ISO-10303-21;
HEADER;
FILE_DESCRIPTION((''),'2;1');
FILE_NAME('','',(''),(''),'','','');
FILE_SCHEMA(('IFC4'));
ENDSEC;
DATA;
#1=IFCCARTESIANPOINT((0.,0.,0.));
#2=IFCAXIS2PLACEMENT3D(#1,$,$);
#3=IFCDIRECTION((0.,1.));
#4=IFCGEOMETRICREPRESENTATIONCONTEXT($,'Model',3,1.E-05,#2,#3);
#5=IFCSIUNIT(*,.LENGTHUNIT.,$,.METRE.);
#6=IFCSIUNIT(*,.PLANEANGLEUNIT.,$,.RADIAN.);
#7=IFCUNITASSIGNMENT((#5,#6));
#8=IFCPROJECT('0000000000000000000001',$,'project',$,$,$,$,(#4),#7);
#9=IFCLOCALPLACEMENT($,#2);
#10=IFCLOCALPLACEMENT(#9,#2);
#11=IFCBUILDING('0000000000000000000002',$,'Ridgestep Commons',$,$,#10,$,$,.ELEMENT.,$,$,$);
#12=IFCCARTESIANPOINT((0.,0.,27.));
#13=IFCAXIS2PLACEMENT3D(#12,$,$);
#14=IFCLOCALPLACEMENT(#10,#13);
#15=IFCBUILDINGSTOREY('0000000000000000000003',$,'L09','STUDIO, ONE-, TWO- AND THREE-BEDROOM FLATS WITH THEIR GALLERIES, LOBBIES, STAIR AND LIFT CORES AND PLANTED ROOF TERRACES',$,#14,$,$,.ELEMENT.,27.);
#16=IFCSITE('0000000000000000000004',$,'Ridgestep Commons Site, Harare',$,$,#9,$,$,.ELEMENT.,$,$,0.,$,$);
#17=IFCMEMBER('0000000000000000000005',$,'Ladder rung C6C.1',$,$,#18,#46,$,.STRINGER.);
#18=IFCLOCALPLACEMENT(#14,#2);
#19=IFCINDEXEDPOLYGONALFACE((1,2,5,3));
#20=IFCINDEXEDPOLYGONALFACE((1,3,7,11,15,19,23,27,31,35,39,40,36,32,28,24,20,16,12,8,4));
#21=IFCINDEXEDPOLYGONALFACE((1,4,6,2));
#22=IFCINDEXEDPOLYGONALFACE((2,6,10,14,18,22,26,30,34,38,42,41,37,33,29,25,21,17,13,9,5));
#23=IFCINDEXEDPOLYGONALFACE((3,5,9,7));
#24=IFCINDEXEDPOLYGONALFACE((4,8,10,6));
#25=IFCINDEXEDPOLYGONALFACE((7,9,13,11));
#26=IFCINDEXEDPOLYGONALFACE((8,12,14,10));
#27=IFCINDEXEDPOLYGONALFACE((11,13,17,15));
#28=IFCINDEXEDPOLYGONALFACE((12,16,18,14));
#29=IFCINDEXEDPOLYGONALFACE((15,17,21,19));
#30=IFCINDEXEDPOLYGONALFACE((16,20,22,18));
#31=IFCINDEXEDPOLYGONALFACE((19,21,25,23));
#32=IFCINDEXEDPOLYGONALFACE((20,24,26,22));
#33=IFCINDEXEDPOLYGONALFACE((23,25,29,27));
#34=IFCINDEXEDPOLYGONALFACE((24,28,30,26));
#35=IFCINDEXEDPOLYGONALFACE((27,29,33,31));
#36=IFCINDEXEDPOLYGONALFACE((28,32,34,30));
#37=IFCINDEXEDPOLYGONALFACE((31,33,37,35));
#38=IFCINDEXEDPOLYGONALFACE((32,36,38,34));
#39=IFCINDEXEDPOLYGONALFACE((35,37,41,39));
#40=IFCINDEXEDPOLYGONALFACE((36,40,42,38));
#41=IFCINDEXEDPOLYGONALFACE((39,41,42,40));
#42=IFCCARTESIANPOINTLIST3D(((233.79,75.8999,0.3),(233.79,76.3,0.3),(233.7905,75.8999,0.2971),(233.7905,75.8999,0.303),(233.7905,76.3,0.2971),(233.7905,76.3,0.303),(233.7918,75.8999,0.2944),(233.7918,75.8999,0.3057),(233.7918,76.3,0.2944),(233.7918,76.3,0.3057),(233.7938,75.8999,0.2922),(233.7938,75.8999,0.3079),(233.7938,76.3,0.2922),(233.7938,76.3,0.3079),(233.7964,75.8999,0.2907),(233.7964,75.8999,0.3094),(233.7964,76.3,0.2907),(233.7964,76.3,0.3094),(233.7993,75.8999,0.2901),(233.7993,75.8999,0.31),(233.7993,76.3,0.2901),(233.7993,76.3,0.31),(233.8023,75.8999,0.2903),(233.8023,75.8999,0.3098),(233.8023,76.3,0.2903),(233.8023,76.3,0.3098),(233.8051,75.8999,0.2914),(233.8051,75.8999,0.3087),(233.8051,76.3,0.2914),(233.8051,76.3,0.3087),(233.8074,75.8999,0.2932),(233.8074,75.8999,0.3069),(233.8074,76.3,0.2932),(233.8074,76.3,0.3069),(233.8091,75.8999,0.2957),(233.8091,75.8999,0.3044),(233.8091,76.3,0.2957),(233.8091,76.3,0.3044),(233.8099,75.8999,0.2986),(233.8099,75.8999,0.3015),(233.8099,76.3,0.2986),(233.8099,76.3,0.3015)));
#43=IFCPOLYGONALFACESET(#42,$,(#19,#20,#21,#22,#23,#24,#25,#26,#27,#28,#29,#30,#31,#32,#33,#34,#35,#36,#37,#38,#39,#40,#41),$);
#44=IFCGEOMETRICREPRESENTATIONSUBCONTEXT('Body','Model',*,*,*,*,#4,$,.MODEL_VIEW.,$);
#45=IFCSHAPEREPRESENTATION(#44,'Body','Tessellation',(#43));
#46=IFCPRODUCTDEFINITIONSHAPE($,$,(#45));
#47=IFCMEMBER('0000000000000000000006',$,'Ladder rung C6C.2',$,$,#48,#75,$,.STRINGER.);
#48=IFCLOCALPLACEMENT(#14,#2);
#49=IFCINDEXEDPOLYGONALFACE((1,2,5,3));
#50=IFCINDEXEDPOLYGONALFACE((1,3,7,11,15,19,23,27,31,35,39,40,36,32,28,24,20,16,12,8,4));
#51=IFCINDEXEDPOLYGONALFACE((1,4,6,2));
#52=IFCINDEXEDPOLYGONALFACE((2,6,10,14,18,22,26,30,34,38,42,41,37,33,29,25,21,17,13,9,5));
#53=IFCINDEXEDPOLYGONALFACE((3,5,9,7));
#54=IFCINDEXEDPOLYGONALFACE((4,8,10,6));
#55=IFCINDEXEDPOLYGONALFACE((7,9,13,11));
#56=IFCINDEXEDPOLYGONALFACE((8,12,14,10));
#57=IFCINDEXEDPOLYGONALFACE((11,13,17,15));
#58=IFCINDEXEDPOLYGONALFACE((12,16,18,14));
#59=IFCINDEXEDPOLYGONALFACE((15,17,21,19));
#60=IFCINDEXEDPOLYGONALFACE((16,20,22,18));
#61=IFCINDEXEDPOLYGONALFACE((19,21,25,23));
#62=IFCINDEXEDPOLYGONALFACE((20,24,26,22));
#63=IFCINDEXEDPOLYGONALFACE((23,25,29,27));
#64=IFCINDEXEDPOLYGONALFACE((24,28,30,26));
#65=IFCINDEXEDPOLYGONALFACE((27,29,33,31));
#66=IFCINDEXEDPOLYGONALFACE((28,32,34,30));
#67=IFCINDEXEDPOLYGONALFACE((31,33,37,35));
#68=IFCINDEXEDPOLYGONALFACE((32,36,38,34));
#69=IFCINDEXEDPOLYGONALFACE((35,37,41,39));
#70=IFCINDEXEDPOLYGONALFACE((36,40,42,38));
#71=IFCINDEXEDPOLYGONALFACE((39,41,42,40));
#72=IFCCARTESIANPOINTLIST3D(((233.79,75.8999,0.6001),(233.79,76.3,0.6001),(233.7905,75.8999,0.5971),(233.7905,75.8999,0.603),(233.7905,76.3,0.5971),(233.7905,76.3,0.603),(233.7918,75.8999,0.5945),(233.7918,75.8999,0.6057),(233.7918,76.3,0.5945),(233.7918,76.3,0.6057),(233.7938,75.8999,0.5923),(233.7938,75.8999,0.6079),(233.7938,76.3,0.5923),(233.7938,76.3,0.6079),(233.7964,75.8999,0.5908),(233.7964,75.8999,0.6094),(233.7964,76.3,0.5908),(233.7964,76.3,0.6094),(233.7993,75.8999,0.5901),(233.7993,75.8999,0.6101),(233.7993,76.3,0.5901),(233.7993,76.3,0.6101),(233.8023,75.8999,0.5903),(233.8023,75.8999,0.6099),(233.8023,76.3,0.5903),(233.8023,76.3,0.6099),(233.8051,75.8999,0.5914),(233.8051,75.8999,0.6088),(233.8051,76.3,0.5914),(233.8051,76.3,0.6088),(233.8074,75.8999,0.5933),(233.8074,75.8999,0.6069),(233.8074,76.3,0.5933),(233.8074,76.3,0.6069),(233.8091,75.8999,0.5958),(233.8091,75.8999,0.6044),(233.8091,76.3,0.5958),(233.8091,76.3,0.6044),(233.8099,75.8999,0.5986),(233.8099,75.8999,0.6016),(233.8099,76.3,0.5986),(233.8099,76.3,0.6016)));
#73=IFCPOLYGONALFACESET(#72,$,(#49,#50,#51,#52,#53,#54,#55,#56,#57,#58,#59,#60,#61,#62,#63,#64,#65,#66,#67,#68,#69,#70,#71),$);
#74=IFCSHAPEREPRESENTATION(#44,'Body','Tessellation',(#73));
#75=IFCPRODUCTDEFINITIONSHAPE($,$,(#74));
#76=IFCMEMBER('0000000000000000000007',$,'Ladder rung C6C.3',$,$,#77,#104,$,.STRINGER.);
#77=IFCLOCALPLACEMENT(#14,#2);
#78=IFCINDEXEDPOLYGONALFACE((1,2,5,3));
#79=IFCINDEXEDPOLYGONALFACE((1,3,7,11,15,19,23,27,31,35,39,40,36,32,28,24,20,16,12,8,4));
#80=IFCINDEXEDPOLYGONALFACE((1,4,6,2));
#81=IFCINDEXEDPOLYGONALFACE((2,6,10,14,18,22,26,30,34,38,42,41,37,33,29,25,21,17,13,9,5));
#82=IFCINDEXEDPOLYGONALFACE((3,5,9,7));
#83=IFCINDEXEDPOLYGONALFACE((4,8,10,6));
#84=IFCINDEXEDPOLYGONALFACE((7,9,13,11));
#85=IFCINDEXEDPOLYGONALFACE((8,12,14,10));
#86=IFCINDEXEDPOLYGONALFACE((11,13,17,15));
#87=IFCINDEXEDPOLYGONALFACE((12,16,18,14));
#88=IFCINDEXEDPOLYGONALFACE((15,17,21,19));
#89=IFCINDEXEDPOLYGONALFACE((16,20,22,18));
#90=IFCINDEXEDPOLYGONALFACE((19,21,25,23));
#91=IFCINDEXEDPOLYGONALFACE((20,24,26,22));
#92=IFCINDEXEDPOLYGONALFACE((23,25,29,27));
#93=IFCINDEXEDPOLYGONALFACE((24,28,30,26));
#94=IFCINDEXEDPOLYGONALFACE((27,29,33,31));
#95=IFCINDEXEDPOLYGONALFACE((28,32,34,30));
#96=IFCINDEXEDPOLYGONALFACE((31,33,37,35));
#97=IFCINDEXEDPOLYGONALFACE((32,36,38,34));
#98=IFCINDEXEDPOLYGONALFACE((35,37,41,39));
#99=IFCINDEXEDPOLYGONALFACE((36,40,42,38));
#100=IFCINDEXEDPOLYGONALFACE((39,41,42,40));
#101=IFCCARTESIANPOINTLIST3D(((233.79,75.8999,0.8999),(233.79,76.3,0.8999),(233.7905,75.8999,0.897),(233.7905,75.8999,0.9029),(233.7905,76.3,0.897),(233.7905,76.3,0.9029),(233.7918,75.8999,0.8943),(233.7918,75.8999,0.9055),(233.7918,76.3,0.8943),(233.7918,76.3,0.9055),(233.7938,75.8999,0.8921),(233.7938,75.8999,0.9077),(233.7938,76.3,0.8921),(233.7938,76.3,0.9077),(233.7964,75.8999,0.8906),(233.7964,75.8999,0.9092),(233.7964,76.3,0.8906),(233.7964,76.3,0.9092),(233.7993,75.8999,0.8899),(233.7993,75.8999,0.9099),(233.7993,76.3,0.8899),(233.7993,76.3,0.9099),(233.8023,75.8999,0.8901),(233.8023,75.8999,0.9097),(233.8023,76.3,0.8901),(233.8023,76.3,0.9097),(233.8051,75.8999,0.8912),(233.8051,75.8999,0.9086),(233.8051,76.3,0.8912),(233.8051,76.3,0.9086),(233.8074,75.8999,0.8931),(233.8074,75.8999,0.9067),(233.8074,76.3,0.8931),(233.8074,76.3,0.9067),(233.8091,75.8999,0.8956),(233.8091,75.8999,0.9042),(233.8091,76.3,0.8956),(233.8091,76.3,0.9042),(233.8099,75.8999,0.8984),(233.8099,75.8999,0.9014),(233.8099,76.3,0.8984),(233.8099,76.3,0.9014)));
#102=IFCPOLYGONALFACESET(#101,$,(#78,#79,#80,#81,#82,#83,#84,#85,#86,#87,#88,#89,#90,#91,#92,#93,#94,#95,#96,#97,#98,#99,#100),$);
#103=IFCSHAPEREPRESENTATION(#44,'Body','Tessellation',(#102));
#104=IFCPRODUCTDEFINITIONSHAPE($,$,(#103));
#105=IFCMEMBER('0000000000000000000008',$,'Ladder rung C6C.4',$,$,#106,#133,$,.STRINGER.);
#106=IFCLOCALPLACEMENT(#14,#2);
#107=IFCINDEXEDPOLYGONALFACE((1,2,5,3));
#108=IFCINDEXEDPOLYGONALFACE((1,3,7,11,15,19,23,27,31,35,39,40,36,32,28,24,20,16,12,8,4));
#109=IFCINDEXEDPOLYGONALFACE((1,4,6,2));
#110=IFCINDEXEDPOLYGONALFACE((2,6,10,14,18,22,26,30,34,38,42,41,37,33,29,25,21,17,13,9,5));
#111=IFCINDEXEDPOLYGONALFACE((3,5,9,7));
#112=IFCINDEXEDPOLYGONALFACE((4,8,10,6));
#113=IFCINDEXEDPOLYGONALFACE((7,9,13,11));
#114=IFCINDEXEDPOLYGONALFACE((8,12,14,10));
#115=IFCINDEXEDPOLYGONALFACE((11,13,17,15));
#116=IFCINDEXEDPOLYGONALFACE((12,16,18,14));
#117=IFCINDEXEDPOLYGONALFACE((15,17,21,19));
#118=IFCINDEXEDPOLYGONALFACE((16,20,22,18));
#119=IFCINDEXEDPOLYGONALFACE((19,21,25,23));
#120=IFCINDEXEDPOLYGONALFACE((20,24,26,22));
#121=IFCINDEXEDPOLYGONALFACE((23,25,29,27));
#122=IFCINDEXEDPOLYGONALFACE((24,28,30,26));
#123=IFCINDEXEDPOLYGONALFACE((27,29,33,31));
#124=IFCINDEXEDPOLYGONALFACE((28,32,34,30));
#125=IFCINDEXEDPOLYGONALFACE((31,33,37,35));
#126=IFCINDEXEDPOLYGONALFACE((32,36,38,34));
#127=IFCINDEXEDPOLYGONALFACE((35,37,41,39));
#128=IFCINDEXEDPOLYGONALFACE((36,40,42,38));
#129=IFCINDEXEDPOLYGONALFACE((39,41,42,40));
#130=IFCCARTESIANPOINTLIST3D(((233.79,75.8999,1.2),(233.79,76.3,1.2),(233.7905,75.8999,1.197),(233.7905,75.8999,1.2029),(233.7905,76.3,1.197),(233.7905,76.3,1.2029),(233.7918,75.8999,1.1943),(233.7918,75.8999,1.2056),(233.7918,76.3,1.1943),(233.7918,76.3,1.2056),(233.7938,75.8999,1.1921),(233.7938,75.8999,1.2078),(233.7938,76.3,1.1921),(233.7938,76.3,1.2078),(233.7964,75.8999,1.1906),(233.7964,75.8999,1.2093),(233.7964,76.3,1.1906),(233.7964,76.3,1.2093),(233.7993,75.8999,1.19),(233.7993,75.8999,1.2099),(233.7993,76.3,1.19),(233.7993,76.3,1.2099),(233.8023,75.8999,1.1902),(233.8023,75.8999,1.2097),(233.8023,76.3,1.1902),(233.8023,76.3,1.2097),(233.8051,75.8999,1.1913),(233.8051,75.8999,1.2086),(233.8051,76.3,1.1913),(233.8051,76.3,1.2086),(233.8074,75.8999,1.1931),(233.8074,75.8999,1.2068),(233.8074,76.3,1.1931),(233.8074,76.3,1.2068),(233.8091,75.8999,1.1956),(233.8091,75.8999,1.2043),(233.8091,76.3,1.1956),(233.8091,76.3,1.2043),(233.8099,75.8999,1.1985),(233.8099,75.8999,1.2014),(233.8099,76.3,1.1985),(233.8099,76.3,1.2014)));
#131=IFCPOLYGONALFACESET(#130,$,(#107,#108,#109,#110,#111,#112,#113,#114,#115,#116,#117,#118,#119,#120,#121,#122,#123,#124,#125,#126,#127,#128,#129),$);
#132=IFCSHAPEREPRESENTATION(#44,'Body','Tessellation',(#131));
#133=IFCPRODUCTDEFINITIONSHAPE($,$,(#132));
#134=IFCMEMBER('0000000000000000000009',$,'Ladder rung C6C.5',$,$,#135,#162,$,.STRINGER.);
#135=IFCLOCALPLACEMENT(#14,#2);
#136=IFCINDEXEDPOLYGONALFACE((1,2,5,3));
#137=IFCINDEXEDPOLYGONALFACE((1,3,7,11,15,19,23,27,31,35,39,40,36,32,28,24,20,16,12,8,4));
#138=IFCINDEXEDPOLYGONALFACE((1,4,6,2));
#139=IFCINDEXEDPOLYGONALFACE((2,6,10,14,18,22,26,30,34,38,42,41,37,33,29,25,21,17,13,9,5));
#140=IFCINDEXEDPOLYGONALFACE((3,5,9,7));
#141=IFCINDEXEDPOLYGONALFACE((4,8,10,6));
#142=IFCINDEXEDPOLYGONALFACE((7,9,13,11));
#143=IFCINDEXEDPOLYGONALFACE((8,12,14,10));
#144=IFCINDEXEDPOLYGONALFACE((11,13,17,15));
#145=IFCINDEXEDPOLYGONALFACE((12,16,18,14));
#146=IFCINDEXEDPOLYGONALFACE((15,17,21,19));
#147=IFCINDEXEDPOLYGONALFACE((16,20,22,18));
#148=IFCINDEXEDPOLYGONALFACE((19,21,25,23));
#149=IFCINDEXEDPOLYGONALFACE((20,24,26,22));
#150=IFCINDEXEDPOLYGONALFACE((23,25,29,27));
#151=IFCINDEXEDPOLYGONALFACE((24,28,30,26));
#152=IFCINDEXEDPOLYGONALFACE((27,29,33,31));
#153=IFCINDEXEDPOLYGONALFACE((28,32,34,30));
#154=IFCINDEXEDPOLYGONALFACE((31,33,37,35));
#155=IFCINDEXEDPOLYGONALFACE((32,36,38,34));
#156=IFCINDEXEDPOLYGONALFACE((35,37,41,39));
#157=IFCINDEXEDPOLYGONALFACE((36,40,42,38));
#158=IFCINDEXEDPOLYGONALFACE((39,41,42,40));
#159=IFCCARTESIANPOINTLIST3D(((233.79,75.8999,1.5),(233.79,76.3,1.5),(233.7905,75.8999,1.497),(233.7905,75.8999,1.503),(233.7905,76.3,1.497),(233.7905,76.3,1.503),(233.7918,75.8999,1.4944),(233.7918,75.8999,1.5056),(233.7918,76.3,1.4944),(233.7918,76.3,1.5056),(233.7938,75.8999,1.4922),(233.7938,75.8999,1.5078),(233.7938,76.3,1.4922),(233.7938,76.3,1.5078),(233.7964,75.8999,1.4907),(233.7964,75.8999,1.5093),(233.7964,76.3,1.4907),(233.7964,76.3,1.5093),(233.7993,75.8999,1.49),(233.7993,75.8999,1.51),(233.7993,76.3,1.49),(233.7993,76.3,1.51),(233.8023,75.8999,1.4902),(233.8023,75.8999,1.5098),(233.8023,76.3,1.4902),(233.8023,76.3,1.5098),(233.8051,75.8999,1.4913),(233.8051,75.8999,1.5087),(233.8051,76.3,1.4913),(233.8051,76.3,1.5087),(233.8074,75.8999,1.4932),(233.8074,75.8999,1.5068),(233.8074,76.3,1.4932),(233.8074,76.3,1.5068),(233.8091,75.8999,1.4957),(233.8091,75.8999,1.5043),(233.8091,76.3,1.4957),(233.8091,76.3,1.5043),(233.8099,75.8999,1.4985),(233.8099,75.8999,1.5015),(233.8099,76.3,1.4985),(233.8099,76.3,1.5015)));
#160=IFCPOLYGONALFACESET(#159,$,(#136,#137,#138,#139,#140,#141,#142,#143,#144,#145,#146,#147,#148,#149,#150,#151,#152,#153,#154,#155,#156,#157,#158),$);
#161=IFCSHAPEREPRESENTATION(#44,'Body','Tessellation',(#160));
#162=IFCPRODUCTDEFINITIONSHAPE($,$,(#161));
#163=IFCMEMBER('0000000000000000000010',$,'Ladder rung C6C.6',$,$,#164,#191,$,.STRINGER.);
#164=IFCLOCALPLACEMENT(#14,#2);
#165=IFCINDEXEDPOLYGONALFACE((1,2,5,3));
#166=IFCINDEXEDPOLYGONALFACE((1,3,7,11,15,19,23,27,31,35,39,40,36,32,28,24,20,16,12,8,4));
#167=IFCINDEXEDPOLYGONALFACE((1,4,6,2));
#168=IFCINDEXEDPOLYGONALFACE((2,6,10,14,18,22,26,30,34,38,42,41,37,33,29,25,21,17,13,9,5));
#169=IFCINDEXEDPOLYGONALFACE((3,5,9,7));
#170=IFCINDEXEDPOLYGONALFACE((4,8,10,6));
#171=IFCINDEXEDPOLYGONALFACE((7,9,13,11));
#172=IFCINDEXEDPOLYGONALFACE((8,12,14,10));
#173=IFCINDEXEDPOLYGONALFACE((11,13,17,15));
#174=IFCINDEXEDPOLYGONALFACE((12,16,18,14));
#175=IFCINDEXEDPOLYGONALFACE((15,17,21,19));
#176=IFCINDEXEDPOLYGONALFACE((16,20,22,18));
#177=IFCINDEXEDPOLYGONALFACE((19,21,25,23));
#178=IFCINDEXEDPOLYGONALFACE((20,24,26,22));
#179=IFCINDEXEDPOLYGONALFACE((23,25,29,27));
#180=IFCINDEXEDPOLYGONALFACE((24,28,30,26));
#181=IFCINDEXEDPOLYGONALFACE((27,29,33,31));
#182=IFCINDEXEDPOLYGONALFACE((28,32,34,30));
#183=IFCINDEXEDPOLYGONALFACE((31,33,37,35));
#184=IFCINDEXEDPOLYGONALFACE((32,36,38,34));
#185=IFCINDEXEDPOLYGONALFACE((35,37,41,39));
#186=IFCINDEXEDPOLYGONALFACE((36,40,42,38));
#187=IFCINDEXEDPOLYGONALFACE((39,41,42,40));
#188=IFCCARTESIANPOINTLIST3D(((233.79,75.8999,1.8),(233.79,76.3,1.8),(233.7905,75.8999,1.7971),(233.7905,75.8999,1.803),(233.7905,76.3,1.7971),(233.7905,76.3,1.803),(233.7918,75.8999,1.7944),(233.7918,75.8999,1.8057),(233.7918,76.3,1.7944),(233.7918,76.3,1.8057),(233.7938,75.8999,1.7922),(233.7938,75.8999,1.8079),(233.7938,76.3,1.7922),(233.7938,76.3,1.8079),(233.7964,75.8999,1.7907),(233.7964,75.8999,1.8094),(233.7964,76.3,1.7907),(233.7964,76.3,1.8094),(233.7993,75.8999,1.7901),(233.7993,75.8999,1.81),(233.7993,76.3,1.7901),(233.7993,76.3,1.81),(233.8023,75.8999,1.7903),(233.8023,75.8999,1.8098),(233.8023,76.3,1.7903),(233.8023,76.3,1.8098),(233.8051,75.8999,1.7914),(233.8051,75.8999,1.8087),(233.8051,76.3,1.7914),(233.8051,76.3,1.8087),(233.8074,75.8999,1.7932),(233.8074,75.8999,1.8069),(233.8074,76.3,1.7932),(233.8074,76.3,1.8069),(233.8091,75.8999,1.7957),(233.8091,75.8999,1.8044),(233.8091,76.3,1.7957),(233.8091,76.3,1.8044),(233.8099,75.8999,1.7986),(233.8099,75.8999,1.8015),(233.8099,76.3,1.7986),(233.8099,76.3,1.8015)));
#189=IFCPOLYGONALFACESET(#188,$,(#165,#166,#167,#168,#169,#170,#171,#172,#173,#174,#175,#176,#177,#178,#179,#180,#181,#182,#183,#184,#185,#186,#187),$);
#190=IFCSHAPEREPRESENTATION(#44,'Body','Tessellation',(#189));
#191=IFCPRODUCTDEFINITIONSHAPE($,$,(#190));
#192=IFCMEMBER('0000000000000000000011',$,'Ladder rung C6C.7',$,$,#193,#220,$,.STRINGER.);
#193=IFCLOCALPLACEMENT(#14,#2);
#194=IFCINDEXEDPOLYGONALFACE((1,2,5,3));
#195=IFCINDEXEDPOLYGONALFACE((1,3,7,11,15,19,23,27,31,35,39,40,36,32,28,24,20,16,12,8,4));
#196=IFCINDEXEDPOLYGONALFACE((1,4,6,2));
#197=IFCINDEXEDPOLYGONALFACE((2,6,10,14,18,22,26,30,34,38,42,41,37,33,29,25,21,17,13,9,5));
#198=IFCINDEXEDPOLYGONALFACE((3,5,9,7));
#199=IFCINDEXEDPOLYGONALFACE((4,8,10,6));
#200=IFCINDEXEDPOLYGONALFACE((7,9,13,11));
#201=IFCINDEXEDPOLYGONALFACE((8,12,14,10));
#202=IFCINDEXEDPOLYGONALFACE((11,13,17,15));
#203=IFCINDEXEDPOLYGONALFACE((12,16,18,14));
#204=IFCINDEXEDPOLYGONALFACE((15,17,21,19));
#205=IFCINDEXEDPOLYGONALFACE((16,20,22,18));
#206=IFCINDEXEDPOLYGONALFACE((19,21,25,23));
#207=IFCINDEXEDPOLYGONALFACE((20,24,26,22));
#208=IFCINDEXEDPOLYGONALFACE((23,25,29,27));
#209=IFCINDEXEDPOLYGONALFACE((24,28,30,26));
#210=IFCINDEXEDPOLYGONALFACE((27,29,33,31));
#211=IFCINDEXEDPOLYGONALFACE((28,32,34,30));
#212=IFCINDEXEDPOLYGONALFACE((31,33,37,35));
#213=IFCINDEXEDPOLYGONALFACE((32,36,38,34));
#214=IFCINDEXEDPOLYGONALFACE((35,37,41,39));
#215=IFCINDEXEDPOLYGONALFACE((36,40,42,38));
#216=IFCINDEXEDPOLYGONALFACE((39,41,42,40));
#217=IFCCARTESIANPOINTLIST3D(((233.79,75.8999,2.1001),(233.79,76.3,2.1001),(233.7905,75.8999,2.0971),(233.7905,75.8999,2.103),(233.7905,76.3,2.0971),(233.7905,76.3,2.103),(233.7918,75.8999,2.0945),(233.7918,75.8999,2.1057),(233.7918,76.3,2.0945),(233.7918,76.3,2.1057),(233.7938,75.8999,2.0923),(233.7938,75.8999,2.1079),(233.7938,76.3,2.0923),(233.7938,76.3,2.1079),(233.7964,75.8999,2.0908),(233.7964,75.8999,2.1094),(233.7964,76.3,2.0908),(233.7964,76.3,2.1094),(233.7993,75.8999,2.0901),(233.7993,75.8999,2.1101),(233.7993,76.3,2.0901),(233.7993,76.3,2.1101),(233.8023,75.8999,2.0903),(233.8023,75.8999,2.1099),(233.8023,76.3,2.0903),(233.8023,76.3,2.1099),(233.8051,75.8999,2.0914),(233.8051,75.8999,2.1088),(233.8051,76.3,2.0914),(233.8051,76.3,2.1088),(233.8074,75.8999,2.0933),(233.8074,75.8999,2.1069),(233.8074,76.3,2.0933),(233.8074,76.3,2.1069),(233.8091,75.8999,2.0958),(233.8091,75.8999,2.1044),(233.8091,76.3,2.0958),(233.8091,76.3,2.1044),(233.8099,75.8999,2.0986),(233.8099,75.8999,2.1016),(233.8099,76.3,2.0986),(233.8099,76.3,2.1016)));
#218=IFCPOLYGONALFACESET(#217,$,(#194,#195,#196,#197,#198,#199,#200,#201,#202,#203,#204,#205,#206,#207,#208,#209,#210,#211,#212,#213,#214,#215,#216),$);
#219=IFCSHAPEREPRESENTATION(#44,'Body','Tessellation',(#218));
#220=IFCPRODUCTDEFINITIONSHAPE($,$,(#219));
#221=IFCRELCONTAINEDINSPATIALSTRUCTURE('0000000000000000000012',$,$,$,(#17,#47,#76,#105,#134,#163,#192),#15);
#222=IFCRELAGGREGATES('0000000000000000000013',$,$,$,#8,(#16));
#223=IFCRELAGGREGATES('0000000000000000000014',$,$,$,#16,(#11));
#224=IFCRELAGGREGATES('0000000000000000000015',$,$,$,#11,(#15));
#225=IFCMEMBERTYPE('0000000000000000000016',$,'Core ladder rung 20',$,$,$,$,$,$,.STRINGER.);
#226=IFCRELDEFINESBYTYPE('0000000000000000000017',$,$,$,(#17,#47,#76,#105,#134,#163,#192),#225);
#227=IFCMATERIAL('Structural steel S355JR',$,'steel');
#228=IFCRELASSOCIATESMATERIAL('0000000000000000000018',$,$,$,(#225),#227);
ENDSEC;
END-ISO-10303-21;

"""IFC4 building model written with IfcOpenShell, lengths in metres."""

from ifc_helpers import new_model, si_unit, direction, frame, origin, origin_2d, place, context, subcontext, project, spatial, circle, extrude, material, material_profile, profile_set, type_object, element, save


model = new_model("IFC4")

# Units and contexts
model_context = context("Model", 3, precision=1e-05, world=origin(), true_north=direction((0.0, 1.0)))
body_context = subcontext(model_context, "Body", "Model", "MODEL_VIEW")
ifc_project = project(units=[si_unit("LENGTHUNIT", "METRE"), si_unit("PLANEANGLEUNIT", "RADIAN")], contexts=[model_context])

# Site, building, storey
site_placement = place(None, origin())
site = spatial("IfcSite", under=ifc_project, at=site_placement, Name="Ridgestep Commons Site, Harare", CompositionType="ELEMENT", RefElevation=0.0)
building_placement = place(site_placement, origin())
building = spatial("IfcBuilding", under=site, at=building_placement, Name="Ridgestep Commons", CompositionType="ELEMENT")
storey_placement = place(building_placement, frame((0.0, 0.0, 27.0)))
storey = spatial("IfcBuildingStorey", under=building, at=storey_placement, Name="L09", Description="STUDIO, ONE-, TWO- AND THREE-BEDROOM FLATS WITH THEIR GALLERIES, LOBBIES, STAIR AND LIFT CORES AND PLANTED ROOF TERRACES", CompositionType="ELEMENT", Elevation=27.0)

# Members
ifc_material_1 = material(Name="Structural steel S355JR", Category="steel")
ifc_material_profile_1 = material_profile(ifc_material_1, circle(Radius=0.01, at=origin_2d()), Name="Round bar 20")
ifc_profile_set_1 = profile_set([ifc_material_profile_1], Name="Structural steel S355JR")
member_type_1 = type_object("IfcMemberType", Name="Core ladder rung 20", PredefinedType="STRINGER", material=ifc_profile_set_1)
for number, where, z_axis, x_axis, name in (
    (1, (233.8, 75.8999, 0.3), (0.0, 1.0, 0.0), (-1.0, 0.0, 0.0), "Ladder rung C6C.1"),
    (2, (233.8, 75.8999, 0.6001), (0.0, 1.0, 0.0), (-1.0, 0.0, 0.0), "Ladder rung C6C.2"),
    (3, (233.8, 75.8999, 0.8999), (0.0, 1.0, 0.0), (-1.0, 0.0, 0.0), "Ladder rung C6C.3"),
    (4, (233.8, 75.8999, 1.2), (0.0, 1.0, 0.0), (-1.0, 0.0, 0.0), "Ladder rung C6C.4"),
    (5, (233.8, 75.8999, 1.5), (0.0, 1.0, 0.0), (-1.0, 0.0, 0.0), "Ladder rung C6C.5"),
    (6, (233.8, 75.8999, 1.8), (0.0, 1.0, 0.0), (-1.0, 0.0, 0.0), "Ladder rung C6C.6"),
    (7, (233.8, 75.8999, 2.1001), (0.0, 1.0, 0.0), (-1.0, 0.0, 0.0), "Ladder rung C6C.7"),
):
    element("IfcMember", number, at=place(storey_placement, frame(where, z_axis=z_axis, x_axis=x_axis)), inside=storey, type_object=member_type_1, Name=name, PredefinedType="STRINGER", context=body_context, shape_type="SweptSolid", body=[
        extrude(circle(Radius=0.01, at=origin_2d()), origin(), (0.0, 0.0, 1.0), 0.4001),
    ])

save(model, "model.ifc")
